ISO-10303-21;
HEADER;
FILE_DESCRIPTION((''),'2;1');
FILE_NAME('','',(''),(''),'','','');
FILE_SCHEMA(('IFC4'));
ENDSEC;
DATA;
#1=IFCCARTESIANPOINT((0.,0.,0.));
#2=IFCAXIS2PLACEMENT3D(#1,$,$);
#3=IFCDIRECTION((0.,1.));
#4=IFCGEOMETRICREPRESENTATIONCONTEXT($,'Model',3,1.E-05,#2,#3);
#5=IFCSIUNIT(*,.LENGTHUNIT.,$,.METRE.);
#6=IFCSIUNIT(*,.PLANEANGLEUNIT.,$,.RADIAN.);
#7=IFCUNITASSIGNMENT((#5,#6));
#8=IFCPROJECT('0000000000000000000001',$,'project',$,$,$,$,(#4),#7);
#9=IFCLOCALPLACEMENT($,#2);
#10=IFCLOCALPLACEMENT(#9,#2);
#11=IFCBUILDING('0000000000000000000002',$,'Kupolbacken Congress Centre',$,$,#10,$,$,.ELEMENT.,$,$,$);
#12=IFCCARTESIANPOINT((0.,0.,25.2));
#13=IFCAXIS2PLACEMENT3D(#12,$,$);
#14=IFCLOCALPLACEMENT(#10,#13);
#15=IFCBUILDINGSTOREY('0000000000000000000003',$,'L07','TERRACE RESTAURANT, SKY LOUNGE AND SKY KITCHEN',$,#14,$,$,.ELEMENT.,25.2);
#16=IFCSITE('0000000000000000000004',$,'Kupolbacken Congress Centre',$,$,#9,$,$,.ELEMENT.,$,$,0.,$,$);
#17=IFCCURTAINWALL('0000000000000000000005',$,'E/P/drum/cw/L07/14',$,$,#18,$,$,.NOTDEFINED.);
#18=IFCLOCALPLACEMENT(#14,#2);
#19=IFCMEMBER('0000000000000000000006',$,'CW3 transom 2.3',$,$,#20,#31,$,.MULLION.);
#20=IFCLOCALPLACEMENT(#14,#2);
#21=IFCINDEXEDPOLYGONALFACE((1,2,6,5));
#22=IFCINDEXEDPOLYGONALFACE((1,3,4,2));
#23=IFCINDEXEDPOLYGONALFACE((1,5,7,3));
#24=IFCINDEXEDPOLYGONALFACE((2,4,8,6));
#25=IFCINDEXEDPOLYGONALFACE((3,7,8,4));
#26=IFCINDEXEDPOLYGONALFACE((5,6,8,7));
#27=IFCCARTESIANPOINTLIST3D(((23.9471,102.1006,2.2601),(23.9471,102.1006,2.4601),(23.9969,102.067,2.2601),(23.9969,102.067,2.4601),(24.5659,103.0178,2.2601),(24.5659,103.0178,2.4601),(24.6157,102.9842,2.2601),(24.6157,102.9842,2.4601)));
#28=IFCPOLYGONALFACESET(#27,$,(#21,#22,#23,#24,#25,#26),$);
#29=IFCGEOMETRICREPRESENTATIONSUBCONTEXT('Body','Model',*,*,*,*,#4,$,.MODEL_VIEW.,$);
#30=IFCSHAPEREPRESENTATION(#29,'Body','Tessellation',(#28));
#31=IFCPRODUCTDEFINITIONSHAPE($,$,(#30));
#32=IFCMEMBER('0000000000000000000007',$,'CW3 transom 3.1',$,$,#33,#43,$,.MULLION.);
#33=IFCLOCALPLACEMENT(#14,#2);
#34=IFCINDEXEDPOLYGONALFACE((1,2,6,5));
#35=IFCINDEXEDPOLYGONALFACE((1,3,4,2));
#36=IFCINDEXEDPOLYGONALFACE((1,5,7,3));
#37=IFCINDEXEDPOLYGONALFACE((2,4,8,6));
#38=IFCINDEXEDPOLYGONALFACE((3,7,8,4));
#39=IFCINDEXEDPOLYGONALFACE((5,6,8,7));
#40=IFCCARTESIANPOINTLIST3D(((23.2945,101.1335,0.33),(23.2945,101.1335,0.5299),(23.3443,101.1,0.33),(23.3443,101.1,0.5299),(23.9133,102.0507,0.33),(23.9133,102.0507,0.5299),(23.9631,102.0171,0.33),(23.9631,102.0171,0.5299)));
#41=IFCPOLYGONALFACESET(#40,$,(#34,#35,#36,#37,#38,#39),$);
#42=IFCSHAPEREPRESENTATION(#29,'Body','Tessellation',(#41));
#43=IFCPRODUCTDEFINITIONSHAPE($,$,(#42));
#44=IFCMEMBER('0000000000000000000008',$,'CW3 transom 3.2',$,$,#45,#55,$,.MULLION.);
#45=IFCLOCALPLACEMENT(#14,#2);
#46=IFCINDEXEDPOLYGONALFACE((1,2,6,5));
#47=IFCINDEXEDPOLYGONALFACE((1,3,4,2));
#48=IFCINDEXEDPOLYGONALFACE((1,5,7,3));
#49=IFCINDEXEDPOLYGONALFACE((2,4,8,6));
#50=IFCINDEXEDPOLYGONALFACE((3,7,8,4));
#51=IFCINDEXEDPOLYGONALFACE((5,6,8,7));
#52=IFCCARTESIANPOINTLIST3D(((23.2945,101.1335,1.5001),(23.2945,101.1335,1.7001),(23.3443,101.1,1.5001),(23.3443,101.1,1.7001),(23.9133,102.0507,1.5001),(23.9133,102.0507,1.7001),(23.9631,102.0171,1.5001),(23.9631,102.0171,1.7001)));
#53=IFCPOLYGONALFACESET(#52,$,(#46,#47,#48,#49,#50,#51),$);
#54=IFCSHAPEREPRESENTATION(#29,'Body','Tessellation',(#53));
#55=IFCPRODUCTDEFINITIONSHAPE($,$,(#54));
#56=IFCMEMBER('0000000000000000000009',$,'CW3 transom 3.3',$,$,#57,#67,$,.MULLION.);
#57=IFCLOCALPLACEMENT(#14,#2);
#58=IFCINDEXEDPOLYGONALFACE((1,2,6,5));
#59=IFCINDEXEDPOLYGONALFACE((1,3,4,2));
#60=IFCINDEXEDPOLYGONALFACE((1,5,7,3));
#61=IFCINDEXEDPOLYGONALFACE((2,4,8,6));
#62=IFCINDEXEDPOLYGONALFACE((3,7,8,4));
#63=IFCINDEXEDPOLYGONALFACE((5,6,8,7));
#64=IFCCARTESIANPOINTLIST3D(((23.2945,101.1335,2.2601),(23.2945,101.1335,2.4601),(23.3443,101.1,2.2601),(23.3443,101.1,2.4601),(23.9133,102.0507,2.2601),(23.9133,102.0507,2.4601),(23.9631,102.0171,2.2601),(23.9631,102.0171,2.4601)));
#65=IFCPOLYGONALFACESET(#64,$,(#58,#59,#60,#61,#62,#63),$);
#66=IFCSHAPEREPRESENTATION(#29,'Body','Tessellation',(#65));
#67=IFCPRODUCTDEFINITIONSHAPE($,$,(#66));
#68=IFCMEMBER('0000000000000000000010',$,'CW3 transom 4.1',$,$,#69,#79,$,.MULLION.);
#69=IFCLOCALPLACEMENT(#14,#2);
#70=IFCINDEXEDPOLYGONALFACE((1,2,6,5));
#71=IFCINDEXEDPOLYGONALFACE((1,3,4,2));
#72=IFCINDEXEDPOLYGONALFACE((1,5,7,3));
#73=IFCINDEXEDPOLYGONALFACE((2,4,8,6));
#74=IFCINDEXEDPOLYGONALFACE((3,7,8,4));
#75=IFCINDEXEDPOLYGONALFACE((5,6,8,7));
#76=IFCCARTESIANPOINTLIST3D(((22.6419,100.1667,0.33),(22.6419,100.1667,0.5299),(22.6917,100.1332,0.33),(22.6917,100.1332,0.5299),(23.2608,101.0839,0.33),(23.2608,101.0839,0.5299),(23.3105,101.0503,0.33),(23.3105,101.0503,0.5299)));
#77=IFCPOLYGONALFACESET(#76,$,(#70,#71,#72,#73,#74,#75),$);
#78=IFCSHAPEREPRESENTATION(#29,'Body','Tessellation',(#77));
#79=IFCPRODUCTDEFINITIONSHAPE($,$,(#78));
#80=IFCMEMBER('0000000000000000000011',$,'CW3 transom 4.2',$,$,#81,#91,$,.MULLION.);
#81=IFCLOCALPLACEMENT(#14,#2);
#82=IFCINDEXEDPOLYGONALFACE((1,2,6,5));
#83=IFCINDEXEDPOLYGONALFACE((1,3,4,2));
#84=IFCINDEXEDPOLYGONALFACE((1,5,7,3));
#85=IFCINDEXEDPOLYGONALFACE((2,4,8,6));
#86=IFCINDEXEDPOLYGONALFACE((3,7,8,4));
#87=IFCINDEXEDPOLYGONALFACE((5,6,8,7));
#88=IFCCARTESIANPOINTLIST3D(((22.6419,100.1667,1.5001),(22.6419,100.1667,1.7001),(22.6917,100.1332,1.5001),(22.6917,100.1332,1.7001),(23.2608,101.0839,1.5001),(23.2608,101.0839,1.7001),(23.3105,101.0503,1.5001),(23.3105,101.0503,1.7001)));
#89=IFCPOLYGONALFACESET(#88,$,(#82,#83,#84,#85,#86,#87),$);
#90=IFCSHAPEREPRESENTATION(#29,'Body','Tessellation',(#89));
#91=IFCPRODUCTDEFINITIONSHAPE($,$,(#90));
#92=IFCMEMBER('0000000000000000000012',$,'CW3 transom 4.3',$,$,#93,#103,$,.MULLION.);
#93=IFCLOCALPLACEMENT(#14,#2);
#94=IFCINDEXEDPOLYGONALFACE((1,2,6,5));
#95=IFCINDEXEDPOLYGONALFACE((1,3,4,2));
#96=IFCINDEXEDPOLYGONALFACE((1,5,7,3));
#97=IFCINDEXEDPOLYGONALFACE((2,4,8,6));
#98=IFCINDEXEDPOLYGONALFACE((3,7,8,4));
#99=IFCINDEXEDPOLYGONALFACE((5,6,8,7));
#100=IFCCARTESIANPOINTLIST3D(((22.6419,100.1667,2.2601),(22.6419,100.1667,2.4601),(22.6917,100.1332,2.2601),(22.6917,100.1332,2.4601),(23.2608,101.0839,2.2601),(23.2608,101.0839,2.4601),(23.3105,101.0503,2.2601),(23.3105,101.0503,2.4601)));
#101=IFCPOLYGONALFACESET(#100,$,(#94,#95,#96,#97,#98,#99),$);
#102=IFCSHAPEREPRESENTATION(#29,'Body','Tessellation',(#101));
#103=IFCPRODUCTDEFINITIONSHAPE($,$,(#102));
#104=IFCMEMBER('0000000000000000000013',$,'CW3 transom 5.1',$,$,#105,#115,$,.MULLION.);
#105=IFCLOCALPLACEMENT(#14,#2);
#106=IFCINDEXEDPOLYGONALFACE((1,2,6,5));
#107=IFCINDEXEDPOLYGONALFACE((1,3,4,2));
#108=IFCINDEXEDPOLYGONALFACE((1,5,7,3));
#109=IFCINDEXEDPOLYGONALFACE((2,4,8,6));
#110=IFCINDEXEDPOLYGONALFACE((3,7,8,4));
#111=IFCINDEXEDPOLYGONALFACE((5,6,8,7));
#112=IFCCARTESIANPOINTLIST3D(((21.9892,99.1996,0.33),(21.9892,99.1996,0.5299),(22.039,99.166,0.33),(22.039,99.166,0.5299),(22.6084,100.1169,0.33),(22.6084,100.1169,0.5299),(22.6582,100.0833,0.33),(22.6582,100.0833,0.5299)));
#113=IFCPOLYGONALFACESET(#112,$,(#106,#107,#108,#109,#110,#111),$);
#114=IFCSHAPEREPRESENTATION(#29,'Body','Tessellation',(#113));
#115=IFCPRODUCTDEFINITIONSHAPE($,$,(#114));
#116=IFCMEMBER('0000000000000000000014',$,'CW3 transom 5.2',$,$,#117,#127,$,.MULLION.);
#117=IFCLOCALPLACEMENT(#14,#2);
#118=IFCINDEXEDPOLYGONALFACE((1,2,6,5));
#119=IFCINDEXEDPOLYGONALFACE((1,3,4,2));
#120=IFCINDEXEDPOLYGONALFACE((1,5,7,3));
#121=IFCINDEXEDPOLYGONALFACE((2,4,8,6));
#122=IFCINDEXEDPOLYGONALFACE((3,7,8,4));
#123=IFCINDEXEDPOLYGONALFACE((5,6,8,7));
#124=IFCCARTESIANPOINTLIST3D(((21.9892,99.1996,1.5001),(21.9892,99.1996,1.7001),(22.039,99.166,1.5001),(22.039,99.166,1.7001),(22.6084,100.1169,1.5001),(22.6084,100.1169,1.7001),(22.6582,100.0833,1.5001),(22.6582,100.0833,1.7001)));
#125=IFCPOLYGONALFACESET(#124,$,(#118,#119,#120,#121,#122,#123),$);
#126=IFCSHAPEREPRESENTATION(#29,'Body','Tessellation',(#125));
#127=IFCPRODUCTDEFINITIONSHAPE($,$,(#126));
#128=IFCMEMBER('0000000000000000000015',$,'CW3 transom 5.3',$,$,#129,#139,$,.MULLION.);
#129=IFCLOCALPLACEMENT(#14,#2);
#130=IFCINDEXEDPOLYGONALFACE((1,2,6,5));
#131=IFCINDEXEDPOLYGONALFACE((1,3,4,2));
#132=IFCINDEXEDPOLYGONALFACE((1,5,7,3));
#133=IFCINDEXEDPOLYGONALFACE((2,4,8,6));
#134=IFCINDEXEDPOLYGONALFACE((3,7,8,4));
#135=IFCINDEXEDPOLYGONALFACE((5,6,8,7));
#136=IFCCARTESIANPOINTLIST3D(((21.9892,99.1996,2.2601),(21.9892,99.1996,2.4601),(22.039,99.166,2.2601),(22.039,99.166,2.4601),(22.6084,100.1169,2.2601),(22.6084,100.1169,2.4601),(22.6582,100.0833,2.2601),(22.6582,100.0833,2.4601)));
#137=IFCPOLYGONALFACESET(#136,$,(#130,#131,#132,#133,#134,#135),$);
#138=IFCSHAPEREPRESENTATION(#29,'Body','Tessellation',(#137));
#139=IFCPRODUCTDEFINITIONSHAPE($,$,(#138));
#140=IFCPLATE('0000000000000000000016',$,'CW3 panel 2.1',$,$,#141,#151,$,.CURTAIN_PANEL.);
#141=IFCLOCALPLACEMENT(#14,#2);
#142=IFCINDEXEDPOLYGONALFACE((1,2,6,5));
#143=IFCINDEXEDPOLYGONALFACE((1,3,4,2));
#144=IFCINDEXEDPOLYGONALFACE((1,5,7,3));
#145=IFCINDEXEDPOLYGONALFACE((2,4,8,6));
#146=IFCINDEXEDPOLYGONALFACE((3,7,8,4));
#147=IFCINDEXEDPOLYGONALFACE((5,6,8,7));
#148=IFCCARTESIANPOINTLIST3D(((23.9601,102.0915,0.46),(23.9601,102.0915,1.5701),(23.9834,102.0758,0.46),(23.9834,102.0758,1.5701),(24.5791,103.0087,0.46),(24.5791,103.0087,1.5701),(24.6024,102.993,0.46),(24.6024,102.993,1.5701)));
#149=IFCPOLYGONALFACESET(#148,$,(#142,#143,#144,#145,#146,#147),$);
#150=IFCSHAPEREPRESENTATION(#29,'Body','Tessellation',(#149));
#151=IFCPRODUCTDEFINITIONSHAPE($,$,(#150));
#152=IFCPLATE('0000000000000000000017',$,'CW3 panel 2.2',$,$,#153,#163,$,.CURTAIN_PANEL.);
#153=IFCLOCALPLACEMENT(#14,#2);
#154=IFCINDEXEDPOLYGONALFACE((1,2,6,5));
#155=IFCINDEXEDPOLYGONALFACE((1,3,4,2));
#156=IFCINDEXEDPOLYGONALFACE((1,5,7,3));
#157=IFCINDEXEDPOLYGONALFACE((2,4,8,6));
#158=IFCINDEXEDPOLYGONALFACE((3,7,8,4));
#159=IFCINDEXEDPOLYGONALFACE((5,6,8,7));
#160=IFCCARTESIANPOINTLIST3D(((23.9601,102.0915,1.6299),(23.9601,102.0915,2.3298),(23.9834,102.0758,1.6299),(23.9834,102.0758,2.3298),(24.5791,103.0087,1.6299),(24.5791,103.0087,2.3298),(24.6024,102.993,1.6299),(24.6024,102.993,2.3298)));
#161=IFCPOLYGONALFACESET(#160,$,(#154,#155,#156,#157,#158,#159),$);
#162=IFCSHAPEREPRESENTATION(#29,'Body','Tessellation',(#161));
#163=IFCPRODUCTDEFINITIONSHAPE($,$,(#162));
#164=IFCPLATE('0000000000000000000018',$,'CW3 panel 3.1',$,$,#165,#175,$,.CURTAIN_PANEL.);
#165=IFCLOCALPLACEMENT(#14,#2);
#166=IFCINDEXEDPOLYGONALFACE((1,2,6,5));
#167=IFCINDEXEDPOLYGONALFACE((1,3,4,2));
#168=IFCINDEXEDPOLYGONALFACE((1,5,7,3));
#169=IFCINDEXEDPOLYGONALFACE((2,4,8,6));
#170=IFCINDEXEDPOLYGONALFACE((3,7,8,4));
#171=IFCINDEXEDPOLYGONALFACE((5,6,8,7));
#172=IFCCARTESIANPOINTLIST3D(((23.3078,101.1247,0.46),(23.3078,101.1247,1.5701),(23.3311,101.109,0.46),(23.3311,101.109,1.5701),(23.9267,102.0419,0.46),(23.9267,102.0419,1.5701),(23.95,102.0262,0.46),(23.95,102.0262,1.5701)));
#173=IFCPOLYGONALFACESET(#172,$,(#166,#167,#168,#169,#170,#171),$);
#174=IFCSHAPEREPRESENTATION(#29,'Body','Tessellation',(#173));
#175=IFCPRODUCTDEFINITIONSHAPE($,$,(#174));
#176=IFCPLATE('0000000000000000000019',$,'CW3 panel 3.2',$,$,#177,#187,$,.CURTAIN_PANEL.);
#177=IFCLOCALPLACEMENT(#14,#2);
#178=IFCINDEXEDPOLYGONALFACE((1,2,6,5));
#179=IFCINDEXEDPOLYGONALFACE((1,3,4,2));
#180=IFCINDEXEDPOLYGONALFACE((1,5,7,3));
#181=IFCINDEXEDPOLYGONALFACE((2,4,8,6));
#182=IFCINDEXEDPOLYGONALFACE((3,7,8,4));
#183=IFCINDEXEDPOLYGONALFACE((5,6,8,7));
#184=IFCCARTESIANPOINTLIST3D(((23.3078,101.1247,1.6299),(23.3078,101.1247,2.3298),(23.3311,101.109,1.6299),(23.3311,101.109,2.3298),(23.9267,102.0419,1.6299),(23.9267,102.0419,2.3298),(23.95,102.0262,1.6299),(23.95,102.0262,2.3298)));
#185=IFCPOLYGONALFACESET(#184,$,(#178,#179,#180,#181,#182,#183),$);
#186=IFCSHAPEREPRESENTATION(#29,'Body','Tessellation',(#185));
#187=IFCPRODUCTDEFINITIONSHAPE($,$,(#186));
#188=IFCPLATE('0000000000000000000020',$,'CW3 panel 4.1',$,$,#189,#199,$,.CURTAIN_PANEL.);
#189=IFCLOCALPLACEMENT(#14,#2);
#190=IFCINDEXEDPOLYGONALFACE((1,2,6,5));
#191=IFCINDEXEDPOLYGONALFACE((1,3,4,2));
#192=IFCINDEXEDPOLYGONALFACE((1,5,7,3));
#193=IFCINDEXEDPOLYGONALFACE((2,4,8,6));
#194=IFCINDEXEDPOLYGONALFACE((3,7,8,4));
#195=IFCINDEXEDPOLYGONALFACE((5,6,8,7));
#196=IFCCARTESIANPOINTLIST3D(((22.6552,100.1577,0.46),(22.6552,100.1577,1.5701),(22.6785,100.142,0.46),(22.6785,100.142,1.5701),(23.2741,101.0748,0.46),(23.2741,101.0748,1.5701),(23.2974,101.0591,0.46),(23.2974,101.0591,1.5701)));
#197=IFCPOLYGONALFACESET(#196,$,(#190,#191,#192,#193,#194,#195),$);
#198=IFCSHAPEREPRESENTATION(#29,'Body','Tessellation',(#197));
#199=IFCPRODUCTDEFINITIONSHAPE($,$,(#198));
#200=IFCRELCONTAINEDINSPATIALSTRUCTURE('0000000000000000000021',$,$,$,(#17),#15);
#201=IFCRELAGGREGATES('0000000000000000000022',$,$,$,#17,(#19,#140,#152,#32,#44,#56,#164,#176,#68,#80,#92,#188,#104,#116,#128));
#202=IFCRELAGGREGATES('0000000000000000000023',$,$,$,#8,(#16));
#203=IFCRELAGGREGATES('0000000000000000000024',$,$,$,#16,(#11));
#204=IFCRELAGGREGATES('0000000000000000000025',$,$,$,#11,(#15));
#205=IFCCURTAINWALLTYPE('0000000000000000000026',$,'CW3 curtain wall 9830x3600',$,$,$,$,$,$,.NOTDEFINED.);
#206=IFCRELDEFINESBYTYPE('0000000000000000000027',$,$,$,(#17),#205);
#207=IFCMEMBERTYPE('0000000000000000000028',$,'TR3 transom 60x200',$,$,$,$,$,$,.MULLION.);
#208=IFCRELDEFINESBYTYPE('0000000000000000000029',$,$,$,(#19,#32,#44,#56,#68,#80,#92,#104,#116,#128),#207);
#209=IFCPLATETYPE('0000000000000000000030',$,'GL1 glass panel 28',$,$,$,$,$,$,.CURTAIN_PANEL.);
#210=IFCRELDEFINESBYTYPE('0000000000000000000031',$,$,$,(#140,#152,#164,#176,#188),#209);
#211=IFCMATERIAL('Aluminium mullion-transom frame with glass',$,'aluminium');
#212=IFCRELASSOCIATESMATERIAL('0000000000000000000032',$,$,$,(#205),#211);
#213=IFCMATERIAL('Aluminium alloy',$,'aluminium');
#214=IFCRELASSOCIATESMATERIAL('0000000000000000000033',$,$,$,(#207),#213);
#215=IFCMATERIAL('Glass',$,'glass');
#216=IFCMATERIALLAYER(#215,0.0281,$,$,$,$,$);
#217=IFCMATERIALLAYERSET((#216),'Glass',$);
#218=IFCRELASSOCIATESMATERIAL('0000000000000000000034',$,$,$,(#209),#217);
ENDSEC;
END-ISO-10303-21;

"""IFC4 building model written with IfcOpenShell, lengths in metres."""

from ifc_helpers import new_model, si_unit, direction, frame, origin, origin_2d, place, context, subcontext, project, spatial, rectangle, extrude, material, layer, layer_set, material_profile, profile_set, type_object, element, aggregate, save


model = new_model("IFC4")

# Units and contexts
model_context = context("Model", 3, precision=1e-05, world=origin(), true_north=direction((0.0, 1.0)))
body_context = subcontext(model_context, "Body", "Model", "MODEL_VIEW")
ifc_project = project(units=[si_unit("LENGTHUNIT", "METRE"), si_unit("PLANEANGLEUNIT", "RADIAN")], contexts=[model_context])

# Site, building, storey
site_placement = place(None, origin())
site = spatial("IfcSite", under=ifc_project, at=site_placement, Name="Kupolbacken Congress Centre", CompositionType="ELEMENT", RefElevation=0.0)
building_placement = place(site_placement, origin())
building = spatial("IfcBuilding", under=site, at=building_placement, Name="Kupolbacken Congress Centre", CompositionType="ELEMENT")
storey_placement = place(building_placement, frame((0.0, 0.0, 25.2)))
storey = spatial("IfcBuildingStorey", under=building, at=storey_placement, Name="L07", Description="TERRACE RESTAURANT, SKY LOUNGE AND SKY KITCHEN", CompositionType="ELEMENT", Elevation=25.2)

# Curtain wall, members, plates
ifc_material_1 = material(Name="Aluminium mullion-transom frame with glass", Category="aluminium")
curtain_wall_type = type_object("IfcCurtainWallType", Name="CW3 curtain wall 9830x3600", PredefinedType="NOTDEFINED", material=ifc_material_1)
curtain_wall_placement = place(storey_placement, origin())
curtain_wall = element("IfcCurtainWall", 1, at=curtain_wall_placement, inside=storey, type_object=curtain_wall_type, Name="E/P/drum/cw/L07/14", PredefinedType="NOTDEFINED")
ifc_material_2 = material(Name="Aluminium alloy", Category="aluminium")
ifc_material_profile_1 = material_profile(ifc_material_2, rectangle(XDim=0.0601, YDim=0.2, at=origin_2d()), Name="60 x 200")
ifc_profile_set_1 = profile_set([ifc_material_profile_1], Name="Aluminium alloy")
member_type_1 = type_object("IfcMemberType", Name="TR3 transom 60x200", PredefinedType="MULLION", material=ifc_profile_set_1)
member_1_placement = place(storey_placement, frame((24.5908, 103.001, 2.3601), z_axis=(-0.559325, -0.828948, 0.0), x_axis=(0.828948, -0.559325, 0.0)))
member_1 = element("IfcMember", 2, at=member_1_placement, type_object=member_type_1, Name="CW3 transom 2.3", PredefinedType="MULLION", context=body_context, shape_type="SweptSolid", body=[
    extrude(rectangle(XDim=0.0601, YDim=0.2, at=origin_2d()), origin(), (0.0, 0.0, 1.0), 1.1064),
])
member_2_placement = place(storey_placement, frame((23.9382, 102.0339, 0.4299), z_axis=(-0.559325, -0.828948, 0.0), x_axis=(0.828948, -0.559325, 0.0)))
member_2 = element("IfcMember", 3, at=member_2_placement, type_object=member_type_1, Name="CW3 transom 3.1", PredefinedType="MULLION", context=body_context, shape_type="SweptSolid", body=[
    extrude(rectangle(XDim=0.0601, YDim=0.2, at=origin_2d()), origin(), (0.0, 0.0, 1.0), 1.1064),
])
member_3_placement = place(storey_placement, frame((23.9382, 102.0339, 1.6001), z_axis=(-0.559325, -0.828948, 0.0), x_axis=(0.828948, -0.559325, 0.0)))
member_3 = element("IfcMember", 4, at=member_3_placement, type_object=member_type_1, Name="CW3 transom 3.2", PredefinedType="MULLION", context=body_context, shape_type="SweptSolid", body=[
    extrude(rectangle(XDim=0.0601, YDim=0.2, at=origin_2d()), origin(), (0.0, 0.0, 1.0), 1.1064),
])
member_4_placement = place(storey_placement, frame((23.9382, 102.0339, 2.3601), z_axis=(-0.559325, -0.828948, 0.0), x_axis=(0.828948, -0.559325, 0.0)))
member_4 = element("IfcMember", 5, at=member_4_placement, type_object=member_type_1, Name="CW3 transom 3.3", PredefinedType="MULLION", context=body_context, shape_type="SweptSolid", body=[
    extrude(rectangle(XDim=0.0601, YDim=0.2, at=origin_2d()), origin(), (0.0, 0.0, 1.0), 1.1064),
])
member_5_placement = place(storey_placement, frame((23.2856, 101.0671, 0.4299), z_axis=(-0.559325, -0.828948, 0.0), x_axis=(0.828948, -0.559325, 0.0)))
member_5 = element("IfcMember", 6, at=member_5_placement, type_object=member_type_1, Name="CW3 transom 4.1", PredefinedType="MULLION", context=body_context, shape_type="SweptSolid", body=[
    extrude(rectangle(XDim=0.0601, YDim=0.2, at=origin_2d()), origin(), (0.0, 0.0, 1.0), 1.1064),
])
member_6_placement = place(storey_placement, frame((23.2856, 101.0671, 1.6001), z_axis=(-0.559325, -0.828948, 0.0), x_axis=(0.828948, -0.559325, 0.0)))
member_6 = element("IfcMember", 7, at=member_6_placement, type_object=member_type_1, Name="CW3 transom 4.2", PredefinedType="MULLION", context=body_context, shape_type="SweptSolid", body=[
    extrude(rectangle(XDim=0.0601, YDim=0.2, at=origin_2d()), origin(), (0.0, 0.0, 1.0), 1.1064),
])
member_7_placement = place(storey_placement, frame((23.2856, 101.0671, 2.3601), z_axis=(-0.559325, -0.828948, 0.0), x_axis=(0.828948, -0.559325, 0.0)))
member_7 = element("IfcMember", 8, at=member_7_placement, type_object=member_type_1, Name="CW3 transom 4.3", PredefinedType="MULLION", context=body_context, shape_type="SweptSolid", body=[
    extrude(rectangle(XDim=0.0601, YDim=0.2, at=origin_2d()), origin(), (0.0, 0.0, 1.0), 1.1064),
])
member_8_placement = place(storey_placement, frame((22.6333, 100.1001, 0.4299), z_axis=(-0.559477, -0.828846, 0.0), x_axis=(0.828846, -0.559477, 0.0)))
member_8 = element("IfcMember", 9, at=member_8_placement, type_object=member_type_1, Name="CW3 transom 5.1", PredefinedType="MULLION", context=body_context, shape_type="SweptSolid", body=[
    extrude(rectangle(XDim=0.0601, YDim=0.2, at=origin_2d()), origin(), (0.0, 0.0, 1.0), 1.1067),
])
member_9_placement = place(storey_placement, frame((22.6333, 100.1001, 1.6001), z_axis=(-0.559477, -0.828846, 0.0), x_axis=(0.828846, -0.559477, 0.0)))
member_9 = element("IfcMember", 10, at=member_9_placement, type_object=member_type_1, Name="CW3 transom 5.2", PredefinedType="MULLION", context=body_context, shape_type="SweptSolid", body=[
    extrude(rectangle(XDim=0.0601, YDim=0.2, at=origin_2d()), origin(), (0.0, 0.0, 1.0), 1.1067),
])
member_10_placement = place(storey_placement, frame((22.6333, 100.1001, 2.3601), z_axis=(-0.559477, -0.828846, 0.0), x_axis=(0.828846, -0.559477, 0.0)))
member_10 = element("IfcMember", 11, at=member_10_placement, type_object=member_type_1, Name="CW3 transom 5.3", PredefinedType="MULLION", context=body_context, shape_type="SweptSolid", body=[
    extrude(rectangle(XDim=0.0601, YDim=0.2, at=origin_2d()), origin(), (0.0, 0.0, 1.0), 1.1067),
])
ifc_material_3 = material(Name="Glass", Category="glass")
ifc_layer_1 = layer(ifc_material_3, 0.0281)
ifc_layer_set_1 = layer_set([ifc_layer_1], Name="Glass")
plate_type = type_object("IfcPlateType", Name="GL1 glass panel 28", PredefinedType="CURTAIN_PANEL", material=ifc_layer_set_1)
plate_1_placement = place(storey_placement, frame((24.2812, 102.5422, 0.46), z_axis=(0.0, 0.0, 1.0), x_axis=(-0.559386, -0.828908, 0.0)))
plate_1 = element("IfcPlate", 12, at=plate_1_placement, type_object=plate_type, Name="CW3 panel 2.1", PredefinedType="CURTAIN_PANEL", context=body_context, shape_type="SweptSolid", body=[
    extrude(rectangle(XDim=1.1064, YDim=0.0281, at=origin_2d()), origin(), (0.0, 0.0, 1.0), 1.1101),
])
plate_2_placement = place(storey_placement, frame((24.2812, 102.5422, 1.6299), z_axis=(0.0, 0.0, 1.0), x_axis=(-0.559386, -0.828908, 0.0)))
plate_2 = element("IfcPlate", 13, at=plate_2_placement, type_object=plate_type, Name="CW3 panel 2.2", PredefinedType="CURTAIN_PANEL", context=body_context, shape_type="SweptSolid", body=[
    extrude(rectangle(XDim=1.1064, YDim=0.0281, at=origin_2d()), origin(), (0.0, 0.0, 1.0), 0.7),
])
plate_3_placement = place(storey_placement, frame((23.6289, 101.5754, 0.46), z_axis=(0.0, 0.0, 1.0), x_axis=(-0.559386, -0.828908, 0.0)))
plate_3 = element("IfcPlate", 14, at=plate_3_placement, type_object=plate_type, Name="CW3 panel 3.1", PredefinedType="CURTAIN_PANEL", context=body_context, shape_type="SweptSolid", body=[
    extrude(rectangle(XDim=1.1064, YDim=0.0281, at=origin_2d()), origin(), (0.0, 0.0, 1.0), 1.1101),
])
plate_4_placement = place(storey_placement, frame((23.6289, 101.5754, 1.6299), z_axis=(0.0, 0.0, 1.0), x_axis=(-0.559386, -0.828908, 0.0)))
plate_4 = element("IfcPlate", 15, at=plate_4_placement, type_object=plate_type, Name="CW3 panel 3.2", PredefinedType="CURTAIN_PANEL", context=body_context, shape_type="SweptSolid", body=[
    extrude(rectangle(XDim=1.1064, YDim=0.0281, at=origin_2d()), origin(), (0.0, 0.0, 1.0), 0.7),
])
plate_5_placement = place(storey_placement, frame((22.9763, 100.6084, 0.46), z_axis=(0.0, 0.0, 1.0), x_axis=(-0.559386, -0.828908, 0.0)))
plate_5 = element("IfcPlate", 16, at=plate_5_placement, type_object=plate_type, Name="CW3 panel 4.1", PredefinedType="CURTAIN_PANEL", context=body_context, shape_type="SweptSolid", body=[
    extrude(rectangle(XDim=1.1064, YDim=0.0281, at=origin_2d()), origin(), (0.0, 0.0, 1.0), 1.1101),
])
aggregate(curtain_wall, [member_1, plate_1, plate_2, member_2, member_3, member_4, plate_3, plate_4, member_5, member_6, member_7, plate_5, member_8, member_9, member_10])

save(model, "model.ifc")
